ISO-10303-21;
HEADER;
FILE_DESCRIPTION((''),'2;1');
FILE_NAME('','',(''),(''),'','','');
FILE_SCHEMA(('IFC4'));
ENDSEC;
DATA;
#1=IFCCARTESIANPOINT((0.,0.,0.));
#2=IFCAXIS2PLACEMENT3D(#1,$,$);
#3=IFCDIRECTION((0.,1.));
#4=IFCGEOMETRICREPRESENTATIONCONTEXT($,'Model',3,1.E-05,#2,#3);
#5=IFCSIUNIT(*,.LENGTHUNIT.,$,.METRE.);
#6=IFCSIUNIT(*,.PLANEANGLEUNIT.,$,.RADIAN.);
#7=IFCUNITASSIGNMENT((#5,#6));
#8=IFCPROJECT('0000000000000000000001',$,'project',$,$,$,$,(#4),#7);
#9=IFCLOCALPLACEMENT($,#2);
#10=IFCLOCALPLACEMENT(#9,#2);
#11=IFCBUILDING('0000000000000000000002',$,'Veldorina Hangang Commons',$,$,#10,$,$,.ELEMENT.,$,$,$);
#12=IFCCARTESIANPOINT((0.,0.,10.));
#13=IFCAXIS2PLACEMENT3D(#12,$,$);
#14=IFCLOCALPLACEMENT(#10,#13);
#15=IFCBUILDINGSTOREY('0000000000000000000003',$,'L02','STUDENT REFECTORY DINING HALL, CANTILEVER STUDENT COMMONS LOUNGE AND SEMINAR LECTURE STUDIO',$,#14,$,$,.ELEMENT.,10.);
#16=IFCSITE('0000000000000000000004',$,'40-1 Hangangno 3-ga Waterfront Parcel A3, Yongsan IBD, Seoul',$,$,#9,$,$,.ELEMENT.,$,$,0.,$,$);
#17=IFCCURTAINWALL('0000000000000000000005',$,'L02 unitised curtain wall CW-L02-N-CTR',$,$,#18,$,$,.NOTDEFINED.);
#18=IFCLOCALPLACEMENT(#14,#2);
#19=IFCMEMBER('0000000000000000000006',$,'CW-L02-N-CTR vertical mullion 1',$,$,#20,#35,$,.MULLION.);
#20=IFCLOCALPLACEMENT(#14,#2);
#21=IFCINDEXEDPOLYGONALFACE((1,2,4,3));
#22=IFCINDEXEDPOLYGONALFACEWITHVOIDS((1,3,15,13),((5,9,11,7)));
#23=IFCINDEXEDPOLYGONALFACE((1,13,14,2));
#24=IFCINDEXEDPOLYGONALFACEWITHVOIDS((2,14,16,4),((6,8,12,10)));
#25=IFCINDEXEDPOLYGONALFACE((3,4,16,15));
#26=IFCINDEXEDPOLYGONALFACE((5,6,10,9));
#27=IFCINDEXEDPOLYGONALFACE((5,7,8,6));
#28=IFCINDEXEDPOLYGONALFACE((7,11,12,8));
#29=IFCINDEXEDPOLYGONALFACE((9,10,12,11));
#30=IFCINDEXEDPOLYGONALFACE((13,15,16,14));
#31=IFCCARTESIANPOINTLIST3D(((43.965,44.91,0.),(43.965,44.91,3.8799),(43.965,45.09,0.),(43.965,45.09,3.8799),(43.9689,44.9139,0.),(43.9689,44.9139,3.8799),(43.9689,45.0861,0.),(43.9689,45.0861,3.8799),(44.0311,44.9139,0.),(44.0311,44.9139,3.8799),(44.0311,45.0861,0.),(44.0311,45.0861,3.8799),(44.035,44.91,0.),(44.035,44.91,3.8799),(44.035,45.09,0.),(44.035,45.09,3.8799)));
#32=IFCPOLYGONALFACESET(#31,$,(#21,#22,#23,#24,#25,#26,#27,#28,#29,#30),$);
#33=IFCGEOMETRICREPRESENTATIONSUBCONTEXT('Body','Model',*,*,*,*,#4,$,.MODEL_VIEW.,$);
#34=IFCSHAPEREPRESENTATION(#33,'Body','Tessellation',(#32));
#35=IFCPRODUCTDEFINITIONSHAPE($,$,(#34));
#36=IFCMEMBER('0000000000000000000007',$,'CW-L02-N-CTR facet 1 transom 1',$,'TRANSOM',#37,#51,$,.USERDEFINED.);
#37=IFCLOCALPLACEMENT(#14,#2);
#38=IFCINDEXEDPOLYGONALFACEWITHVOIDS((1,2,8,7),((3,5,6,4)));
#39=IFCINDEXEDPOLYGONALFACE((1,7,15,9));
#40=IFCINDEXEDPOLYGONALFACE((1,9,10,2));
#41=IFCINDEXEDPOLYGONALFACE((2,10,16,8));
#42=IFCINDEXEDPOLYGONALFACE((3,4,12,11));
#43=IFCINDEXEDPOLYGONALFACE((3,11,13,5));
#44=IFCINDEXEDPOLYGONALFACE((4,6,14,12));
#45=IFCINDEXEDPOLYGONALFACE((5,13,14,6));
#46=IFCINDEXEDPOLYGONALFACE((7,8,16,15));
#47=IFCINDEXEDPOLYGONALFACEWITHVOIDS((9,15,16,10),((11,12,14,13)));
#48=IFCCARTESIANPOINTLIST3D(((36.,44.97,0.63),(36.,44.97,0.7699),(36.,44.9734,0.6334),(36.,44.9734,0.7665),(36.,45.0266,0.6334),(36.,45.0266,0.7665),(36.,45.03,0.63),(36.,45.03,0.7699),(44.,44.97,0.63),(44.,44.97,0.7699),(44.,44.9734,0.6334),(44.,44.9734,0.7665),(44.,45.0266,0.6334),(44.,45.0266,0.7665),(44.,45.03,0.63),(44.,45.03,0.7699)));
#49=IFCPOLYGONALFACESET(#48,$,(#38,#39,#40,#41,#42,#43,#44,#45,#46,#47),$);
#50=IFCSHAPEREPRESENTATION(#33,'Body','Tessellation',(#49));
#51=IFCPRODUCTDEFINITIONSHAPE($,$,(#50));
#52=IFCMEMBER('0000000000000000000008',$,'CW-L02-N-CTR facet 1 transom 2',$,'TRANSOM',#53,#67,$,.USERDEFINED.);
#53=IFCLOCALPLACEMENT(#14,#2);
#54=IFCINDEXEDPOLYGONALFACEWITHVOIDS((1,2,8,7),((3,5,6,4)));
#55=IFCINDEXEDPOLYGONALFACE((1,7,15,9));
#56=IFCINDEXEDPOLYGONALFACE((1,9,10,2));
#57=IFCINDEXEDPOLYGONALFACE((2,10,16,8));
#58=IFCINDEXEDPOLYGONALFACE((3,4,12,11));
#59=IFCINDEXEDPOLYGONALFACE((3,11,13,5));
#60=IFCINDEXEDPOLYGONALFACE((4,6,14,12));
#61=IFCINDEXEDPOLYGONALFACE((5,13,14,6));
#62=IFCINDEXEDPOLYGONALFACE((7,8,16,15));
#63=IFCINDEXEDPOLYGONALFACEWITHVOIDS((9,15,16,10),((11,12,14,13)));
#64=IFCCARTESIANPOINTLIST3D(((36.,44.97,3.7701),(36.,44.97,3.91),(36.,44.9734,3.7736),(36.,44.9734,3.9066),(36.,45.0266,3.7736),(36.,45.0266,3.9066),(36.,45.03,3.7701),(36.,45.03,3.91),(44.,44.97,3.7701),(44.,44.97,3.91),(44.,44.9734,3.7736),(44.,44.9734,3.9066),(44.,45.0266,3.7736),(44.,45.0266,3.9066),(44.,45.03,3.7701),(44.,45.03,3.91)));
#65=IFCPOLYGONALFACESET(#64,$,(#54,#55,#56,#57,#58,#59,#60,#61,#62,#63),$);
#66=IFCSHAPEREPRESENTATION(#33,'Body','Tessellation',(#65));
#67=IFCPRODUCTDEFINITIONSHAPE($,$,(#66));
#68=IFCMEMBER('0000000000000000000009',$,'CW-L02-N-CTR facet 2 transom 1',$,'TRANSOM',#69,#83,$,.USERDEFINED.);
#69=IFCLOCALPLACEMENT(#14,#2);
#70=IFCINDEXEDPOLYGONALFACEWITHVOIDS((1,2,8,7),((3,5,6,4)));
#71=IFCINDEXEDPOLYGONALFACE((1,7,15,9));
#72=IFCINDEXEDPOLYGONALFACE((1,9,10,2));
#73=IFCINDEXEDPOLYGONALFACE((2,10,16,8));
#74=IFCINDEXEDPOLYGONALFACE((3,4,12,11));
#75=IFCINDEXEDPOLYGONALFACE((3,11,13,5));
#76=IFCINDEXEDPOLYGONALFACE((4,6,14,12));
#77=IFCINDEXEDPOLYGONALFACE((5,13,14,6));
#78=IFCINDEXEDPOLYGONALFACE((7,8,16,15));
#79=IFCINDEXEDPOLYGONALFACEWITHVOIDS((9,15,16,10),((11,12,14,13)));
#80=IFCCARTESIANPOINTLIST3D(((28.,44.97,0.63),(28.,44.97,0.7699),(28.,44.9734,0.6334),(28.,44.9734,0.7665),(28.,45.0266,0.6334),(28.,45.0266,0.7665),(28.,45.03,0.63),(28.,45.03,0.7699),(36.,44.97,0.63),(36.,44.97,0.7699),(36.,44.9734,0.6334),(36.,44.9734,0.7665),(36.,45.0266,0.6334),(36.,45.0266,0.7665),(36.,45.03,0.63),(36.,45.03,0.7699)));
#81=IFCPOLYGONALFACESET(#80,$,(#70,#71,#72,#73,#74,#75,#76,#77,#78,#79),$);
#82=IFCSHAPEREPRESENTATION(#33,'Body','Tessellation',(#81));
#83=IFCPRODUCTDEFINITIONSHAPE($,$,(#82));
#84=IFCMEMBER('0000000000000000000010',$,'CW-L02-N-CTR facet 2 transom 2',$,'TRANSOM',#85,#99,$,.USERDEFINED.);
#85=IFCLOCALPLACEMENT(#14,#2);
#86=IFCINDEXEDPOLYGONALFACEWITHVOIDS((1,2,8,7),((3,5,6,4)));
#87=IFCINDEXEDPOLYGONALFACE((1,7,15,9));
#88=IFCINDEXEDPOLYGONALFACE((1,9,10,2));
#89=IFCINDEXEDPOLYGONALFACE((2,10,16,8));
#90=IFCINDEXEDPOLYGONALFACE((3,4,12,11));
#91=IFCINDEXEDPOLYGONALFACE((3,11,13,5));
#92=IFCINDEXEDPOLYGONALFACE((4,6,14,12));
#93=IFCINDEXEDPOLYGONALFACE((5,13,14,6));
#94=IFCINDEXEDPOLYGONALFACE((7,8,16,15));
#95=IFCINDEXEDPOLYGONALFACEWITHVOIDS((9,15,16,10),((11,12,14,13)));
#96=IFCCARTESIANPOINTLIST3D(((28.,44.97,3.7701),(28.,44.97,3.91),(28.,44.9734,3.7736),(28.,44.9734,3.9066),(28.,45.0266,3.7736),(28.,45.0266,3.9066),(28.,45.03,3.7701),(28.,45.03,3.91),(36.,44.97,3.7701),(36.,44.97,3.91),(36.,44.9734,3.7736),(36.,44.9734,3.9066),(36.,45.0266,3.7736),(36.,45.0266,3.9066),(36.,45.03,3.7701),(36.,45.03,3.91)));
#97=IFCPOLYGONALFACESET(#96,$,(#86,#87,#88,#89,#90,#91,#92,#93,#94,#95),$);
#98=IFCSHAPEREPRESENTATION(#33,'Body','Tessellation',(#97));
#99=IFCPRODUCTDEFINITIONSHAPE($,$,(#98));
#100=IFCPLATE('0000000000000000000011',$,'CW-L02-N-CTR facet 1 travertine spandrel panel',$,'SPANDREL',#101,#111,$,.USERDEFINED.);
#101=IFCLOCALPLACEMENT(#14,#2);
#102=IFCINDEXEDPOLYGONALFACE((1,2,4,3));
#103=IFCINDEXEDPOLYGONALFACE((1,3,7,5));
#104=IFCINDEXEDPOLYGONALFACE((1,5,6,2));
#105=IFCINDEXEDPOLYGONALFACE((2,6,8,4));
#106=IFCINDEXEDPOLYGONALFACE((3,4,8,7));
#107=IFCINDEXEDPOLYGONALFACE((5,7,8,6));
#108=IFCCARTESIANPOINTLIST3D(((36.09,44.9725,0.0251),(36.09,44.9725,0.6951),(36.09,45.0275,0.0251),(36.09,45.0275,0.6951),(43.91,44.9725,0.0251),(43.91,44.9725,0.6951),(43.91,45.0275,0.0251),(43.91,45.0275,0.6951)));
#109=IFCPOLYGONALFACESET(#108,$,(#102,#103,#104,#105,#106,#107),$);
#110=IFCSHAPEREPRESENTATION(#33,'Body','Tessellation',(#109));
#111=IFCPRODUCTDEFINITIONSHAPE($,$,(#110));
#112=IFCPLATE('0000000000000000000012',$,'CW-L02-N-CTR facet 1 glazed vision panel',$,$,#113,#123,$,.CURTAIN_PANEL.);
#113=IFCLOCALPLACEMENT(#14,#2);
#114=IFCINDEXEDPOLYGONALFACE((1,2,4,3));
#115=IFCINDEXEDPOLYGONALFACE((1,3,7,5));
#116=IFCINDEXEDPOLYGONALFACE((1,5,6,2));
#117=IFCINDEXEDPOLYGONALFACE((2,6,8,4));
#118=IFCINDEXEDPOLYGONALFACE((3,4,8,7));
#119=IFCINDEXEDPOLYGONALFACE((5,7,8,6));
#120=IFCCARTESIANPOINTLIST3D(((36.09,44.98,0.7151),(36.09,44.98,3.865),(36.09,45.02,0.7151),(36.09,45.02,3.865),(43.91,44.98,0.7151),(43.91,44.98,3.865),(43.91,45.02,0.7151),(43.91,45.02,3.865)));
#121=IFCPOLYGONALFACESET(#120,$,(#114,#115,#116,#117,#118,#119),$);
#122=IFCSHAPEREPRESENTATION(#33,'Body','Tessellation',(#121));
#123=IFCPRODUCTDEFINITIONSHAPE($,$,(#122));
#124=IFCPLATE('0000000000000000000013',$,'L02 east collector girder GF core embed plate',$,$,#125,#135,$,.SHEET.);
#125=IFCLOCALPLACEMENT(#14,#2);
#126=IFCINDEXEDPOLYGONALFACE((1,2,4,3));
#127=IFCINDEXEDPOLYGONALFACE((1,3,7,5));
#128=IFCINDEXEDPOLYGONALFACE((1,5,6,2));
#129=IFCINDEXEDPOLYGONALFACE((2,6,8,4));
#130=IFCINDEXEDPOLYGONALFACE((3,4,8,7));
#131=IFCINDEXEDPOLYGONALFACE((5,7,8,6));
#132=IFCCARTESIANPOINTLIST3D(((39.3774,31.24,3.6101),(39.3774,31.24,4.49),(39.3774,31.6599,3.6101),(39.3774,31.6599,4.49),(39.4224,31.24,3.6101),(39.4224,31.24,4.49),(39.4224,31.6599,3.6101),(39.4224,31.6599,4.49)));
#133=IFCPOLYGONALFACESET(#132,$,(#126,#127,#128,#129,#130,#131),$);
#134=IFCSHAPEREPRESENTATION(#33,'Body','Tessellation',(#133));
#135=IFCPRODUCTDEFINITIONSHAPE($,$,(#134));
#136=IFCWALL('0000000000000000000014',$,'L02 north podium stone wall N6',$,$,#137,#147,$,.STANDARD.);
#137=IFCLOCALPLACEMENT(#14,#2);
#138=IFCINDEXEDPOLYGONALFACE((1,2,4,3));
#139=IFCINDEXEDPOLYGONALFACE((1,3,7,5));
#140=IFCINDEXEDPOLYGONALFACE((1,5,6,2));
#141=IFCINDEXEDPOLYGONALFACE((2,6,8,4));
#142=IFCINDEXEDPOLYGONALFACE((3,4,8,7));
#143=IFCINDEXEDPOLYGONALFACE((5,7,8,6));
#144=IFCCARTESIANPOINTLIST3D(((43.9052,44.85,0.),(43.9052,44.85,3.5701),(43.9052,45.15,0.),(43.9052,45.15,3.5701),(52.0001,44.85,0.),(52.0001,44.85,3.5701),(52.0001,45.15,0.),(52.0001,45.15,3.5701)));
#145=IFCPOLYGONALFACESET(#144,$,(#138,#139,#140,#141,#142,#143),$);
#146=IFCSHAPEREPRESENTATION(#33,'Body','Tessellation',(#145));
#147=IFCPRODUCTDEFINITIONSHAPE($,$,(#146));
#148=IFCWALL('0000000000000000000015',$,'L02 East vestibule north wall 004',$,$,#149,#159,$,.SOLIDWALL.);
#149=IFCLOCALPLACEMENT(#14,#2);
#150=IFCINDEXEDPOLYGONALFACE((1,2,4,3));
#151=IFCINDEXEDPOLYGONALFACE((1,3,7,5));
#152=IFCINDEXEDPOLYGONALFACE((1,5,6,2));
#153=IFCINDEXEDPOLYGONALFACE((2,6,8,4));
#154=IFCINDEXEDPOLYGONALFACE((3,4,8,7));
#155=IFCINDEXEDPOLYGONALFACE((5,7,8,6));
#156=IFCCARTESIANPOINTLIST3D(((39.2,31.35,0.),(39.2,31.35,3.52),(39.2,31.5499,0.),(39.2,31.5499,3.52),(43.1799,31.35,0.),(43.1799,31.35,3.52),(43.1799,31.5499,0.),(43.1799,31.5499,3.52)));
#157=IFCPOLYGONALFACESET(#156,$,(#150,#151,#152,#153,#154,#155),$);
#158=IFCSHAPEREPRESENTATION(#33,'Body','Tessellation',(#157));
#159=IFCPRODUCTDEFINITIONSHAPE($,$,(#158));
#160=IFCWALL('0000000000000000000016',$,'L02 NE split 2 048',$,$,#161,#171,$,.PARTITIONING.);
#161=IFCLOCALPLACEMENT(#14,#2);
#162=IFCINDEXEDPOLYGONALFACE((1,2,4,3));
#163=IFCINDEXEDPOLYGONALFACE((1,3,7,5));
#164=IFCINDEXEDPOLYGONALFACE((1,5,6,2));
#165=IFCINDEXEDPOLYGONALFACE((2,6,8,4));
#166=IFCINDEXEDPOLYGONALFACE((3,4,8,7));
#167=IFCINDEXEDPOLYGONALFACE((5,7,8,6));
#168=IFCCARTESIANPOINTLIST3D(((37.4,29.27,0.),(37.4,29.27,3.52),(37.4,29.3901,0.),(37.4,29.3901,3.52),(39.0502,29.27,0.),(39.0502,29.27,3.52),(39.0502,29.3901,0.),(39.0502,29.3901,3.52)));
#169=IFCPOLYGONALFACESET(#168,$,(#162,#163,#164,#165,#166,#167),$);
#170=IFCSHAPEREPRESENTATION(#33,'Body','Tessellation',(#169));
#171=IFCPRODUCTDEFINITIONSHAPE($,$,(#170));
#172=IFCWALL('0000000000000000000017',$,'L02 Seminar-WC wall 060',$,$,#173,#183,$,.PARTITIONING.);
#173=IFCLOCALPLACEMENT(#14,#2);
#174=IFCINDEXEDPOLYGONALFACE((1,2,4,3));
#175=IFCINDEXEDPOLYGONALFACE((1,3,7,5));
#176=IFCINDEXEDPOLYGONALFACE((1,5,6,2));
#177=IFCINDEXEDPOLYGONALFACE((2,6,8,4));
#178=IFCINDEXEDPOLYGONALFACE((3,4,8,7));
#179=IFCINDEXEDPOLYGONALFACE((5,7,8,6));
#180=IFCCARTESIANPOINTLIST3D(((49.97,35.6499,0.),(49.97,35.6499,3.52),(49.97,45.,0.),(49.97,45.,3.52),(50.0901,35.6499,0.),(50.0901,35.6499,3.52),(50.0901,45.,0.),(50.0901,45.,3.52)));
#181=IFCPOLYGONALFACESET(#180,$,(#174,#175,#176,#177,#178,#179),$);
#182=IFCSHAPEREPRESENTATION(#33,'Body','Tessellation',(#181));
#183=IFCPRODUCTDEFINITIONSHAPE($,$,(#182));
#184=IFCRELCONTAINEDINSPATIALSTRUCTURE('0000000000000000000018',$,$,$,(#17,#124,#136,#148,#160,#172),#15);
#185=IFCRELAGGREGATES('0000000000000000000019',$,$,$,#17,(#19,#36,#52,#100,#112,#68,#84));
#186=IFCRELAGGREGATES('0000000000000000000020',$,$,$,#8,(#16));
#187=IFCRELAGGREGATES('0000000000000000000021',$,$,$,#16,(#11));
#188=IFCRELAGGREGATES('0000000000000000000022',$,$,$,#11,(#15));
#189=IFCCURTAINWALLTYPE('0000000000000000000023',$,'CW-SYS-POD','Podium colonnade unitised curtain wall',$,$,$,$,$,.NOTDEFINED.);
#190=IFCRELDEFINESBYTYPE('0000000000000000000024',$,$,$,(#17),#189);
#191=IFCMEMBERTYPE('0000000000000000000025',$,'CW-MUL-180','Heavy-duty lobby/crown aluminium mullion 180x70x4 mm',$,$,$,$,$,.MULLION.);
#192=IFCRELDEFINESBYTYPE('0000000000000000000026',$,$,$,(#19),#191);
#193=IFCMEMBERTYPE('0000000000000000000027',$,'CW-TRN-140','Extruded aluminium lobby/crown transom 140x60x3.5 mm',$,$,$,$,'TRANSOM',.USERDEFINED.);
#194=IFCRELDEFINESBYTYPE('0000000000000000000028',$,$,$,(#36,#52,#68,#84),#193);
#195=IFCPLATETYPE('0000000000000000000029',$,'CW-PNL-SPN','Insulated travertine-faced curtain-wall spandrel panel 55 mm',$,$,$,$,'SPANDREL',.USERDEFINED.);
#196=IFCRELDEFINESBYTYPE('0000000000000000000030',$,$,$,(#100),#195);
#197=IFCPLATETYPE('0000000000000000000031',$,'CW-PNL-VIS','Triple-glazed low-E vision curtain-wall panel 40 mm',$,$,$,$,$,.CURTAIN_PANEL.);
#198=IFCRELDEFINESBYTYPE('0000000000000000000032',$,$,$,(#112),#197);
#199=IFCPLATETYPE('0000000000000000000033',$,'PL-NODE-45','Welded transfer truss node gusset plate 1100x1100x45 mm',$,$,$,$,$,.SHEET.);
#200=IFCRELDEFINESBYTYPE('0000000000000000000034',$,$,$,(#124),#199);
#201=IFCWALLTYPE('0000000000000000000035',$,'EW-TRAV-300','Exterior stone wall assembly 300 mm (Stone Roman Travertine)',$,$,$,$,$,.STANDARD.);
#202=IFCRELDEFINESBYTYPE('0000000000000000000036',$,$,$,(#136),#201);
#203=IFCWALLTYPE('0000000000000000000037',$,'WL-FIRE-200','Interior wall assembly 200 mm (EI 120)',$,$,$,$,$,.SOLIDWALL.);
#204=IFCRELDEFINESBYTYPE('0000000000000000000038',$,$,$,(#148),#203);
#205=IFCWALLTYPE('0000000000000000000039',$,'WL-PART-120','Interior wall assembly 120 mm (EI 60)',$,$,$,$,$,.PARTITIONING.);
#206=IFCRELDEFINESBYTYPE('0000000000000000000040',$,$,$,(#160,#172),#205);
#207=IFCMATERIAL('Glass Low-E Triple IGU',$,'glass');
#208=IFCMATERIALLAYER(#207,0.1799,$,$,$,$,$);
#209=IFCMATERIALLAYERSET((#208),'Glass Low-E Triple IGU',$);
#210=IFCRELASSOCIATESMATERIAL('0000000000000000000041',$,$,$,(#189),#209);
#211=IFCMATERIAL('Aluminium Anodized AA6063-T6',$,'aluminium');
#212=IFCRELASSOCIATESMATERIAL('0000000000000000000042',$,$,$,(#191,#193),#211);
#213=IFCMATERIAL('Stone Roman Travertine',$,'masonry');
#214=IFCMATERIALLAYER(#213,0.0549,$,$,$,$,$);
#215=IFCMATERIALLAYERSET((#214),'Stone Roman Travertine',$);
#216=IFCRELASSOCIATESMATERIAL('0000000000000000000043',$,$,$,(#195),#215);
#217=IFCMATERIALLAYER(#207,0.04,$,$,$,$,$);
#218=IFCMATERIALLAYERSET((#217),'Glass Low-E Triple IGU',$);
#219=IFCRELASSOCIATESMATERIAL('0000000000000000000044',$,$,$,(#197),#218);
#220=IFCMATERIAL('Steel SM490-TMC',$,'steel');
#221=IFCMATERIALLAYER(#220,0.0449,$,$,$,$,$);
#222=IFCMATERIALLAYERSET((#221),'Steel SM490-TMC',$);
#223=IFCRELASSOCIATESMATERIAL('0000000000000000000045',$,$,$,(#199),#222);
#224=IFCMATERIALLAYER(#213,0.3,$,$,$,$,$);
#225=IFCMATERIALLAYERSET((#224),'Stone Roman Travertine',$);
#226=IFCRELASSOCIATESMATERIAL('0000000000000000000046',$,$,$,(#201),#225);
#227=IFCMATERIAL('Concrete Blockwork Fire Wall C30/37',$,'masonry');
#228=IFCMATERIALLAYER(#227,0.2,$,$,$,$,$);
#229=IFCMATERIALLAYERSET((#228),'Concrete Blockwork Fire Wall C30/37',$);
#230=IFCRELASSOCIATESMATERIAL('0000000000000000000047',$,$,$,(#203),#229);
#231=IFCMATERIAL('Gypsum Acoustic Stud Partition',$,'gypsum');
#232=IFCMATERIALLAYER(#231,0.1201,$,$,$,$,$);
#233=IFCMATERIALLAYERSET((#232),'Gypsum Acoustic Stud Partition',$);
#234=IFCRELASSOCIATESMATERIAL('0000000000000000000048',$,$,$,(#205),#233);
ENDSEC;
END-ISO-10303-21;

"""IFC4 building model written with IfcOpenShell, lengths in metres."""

from ifc_helpers import new_model, si_unit, direction, frame, frame_2d, origin, origin_2d, place, context, subcontext, project, spatial, rectangle, hollow_rectangle, extrude, material, layer, layer_set, material_profile, profile_set, type_object, element, aggregate, save


model = new_model("IFC4")

# Units and contexts
model_context = context("Model", 3, precision=1e-05, world=origin(), true_north=direction((0.0, 1.0)))
body_context = subcontext(model_context, "Body", "Model", "MODEL_VIEW")
ifc_project = project(units=[si_unit("LENGTHUNIT", "METRE"), si_unit("PLANEANGLEUNIT", "RADIAN")], contexts=[model_context])

# Site, building, storey
site_placement = place(None, origin())
site = spatial("IfcSite", under=ifc_project, at=site_placement, Name="40-1 Hangangno 3-ga Waterfront Parcel A3, Yongsan IBD, Seoul", CompositionType="ELEMENT", RefElevation=0.0)
building_placement = place(site_placement, origin())
building = spatial("IfcBuilding", under=site, at=building_placement, Name="Veldorina Hangang Commons", CompositionType="ELEMENT")
storey_placement = place(building_placement, frame((0.0, 0.0, 10.0)))
storey = spatial("IfcBuildingStorey", under=building, at=storey_placement, Name="L02", Description="STUDENT REFECTORY DINING HALL, CANTILEVER STUDENT COMMONS LOUNGE AND SEMINAR LECTURE STUDIO", CompositionType="ELEMENT", Elevation=10.0)

# Curtain wall, members, plates
ifc_material_1 = material(Name="Glass Low-E Triple IGU", Category="glass")
ifc_layer_1 = layer(ifc_material_1, 0.1799)
ifc_layer_set_1 = layer_set([ifc_layer_1], Name="Glass Low-E Triple IGU")
curtain_wall_type = type_object("IfcCurtainWallType", Name="CW-SYS-POD", Description="Podium colonnade unitised curtain wall", PredefinedType="NOTDEFINED", material=ifc_layer_set_1)
curtain_wall_placement = place(storey_placement, origin())
curtain_wall = element("IfcCurtainWall", 1, at=curtain_wall_placement, inside=storey, type_object=curtain_wall_type, Name="L02 unitised curtain wall CW-L02-N-CTR", PredefinedType="NOTDEFINED")
ifc_material_2 = material(Name="Aluminium Anodized AA6063-T6", Category="aluminium")
ifc_material_profile_1 = material_profile(ifc_material_2, hollow_rectangle(XDim=0.0701, YDim=0.1799, WallThickness=0.0039, at=origin_2d()), Name="ALU-RHS-180x70x4")
ifc_profile_set_1 = profile_set([ifc_material_profile_1], Name="Aluminium Anodized AA6063-T6")
member_type_1 = type_object("IfcMemberType", Name="CW-MUL-180", Description="Heavy-duty lobby/crown aluminium mullion 180x70x4 mm", PredefinedType="MULLION", material=ifc_profile_set_1)
member_1_placement = place(storey_placement, frame((44.0, 45.0, 0.0), z_axis=(0.0, 0.0, 1.0), x_axis=(-1.0, 0.0, 0.0)))
member_1 = element("IfcMember", 2, at=member_1_placement, type_object=member_type_1, Name="CW-L02-N-CTR vertical mullion 1", PredefinedType="MULLION", context=body_context, shape_type="SweptSolid", body=[
    extrude(hollow_rectangle(XDim=0.0701, YDim=0.1799, WallThickness=0.0039, at=origin_2d()), origin(), (0.0, 0.0, 1.0), 3.8799),
])
ifc_material_profile_2 = material_profile(ifc_material_2, hollow_rectangle(XDim=0.0601, YDim=0.1399, WallThickness=0.0034, at=origin_2d()), Name="ALU-RHS-140x60x3.5")
ifc_profile_set_2 = profile_set([ifc_material_profile_2], Name="Aluminium Anodized AA6063-T6")
member_type_2 = type_object("IfcMemberType", Name="CW-TRN-140", Description="Extruded aluminium lobby/crown transom 140x60x3.5 mm", ElementType="TRANSOM", PredefinedType="USERDEFINED", material=ifc_profile_set_2)
member_2_placement = place(storey_placement, frame((44.0, 45.0, 0.7), z_axis=(-1.0, 0.0, 0.0), x_axis=(0.0, -1.0, 0.0)))
member_2 = element("IfcMember", 3, at=member_2_placement, type_object=member_type_2, Name="CW-L02-N-CTR facet 1 transom 1", ObjectType="TRANSOM", PredefinedType="USERDEFINED", context=body_context, shape_type="SweptSolid", body=[
    extrude(hollow_rectangle(XDim=0.0601, YDim=0.1399, WallThickness=0.0034, at=origin_2d()), origin(), (0.0, 0.0, 1.0), 8.0),
])
member_3_placement = place(storey_placement, frame((44.0, 45.0, 3.8401), z_axis=(-1.0, 0.0, 0.0), x_axis=(0.0, -1.0, 0.0)))
member_3 = element("IfcMember", 4, at=member_3_placement, type_object=member_type_2, Name="CW-L02-N-CTR facet 1 transom 2", ObjectType="TRANSOM", PredefinedType="USERDEFINED", context=body_context, shape_type="SweptSolid", body=[
    extrude(hollow_rectangle(XDim=0.0601, YDim=0.1399, WallThickness=0.0034, at=origin_2d()), origin(), (0.0, 0.0, 1.0), 8.0),
])
member_4_placement = place(storey_placement, frame((36.0, 45.0, 0.7), z_axis=(-1.0, 0.0, 0.0), x_axis=(0.0, -1.0, 0.0)))
member_4 = element("IfcMember", 5, at=member_4_placement, type_object=member_type_2, Name="CW-L02-N-CTR facet 2 transom 1", ObjectType="TRANSOM", PredefinedType="USERDEFINED", context=body_context, shape_type="SweptSolid", body=[
    extrude(hollow_rectangle(XDim=0.0601, YDim=0.1399, WallThickness=0.0034, at=origin_2d()), origin(), (0.0, 0.0, 1.0), 8.0),
])
member_5_placement = place(storey_placement, frame((36.0, 45.0, 3.8401), z_axis=(-1.0, 0.0, 0.0), x_axis=(0.0, -1.0, 0.0)))
member_5 = element("IfcMember", 6, at=member_5_placement, type_object=member_type_2, Name="CW-L02-N-CTR facet 2 transom 2", ObjectType="TRANSOM", PredefinedType="USERDEFINED", context=body_context, shape_type="SweptSolid", body=[
    extrude(hollow_rectangle(XDim=0.0601, YDim=0.1399, WallThickness=0.0034, at=origin_2d()), origin(), (0.0, 0.0, 1.0), 8.0),
])
ifc_material_3 = material(Name="Stone Roman Travertine", Category="masonry")
ifc_layer_2 = layer(ifc_material_3, 0.0549)
ifc_layer_set_2 = layer_set([ifc_layer_2], Name="Stone Roman Travertine")
plate_type_1 = type_object("IfcPlateType", Name="CW-PNL-SPN", Description="Insulated travertine-faced curtain-wall spandrel panel 55 mm", ElementType="SPANDREL", PredefinedType="USERDEFINED", material=ifc_layer_set_2)
plate_1_placement = place(storey_placement, frame((40.0, 45.0, 0.0251), z_axis=(0.0, 0.0, 1.0), x_axis=(-1.0, 0.0, 0.0)))
plate_1 = element("IfcPlate", 7, at=plate_1_placement, type_object=plate_type_1, Name="CW-L02-N-CTR facet 1 travertine spandrel panel", ObjectType="SPANDREL", PredefinedType="USERDEFINED", context=body_context, shape_type="SweptSolid", body=[
    extrude(rectangle(XDim=7.8201, YDim=0.0549, at=origin_2d()), origin(), (0.0, 0.0, 1.0), 0.6699),
])
ifc_layer_3 = layer(ifc_material_1, 0.04)
ifc_layer_set_3 = layer_set([ifc_layer_3], Name="Glass Low-E Triple IGU")
plate_type_2 = type_object("IfcPlateType", Name="CW-PNL-VIS", Description="Triple-glazed low-E vision curtain-wall panel 40 mm", PredefinedType="CURTAIN_PANEL", material=ifc_layer_set_3)
plate_2_placement = place(storey_placement, frame((40.0, 45.0, 0.7151), z_axis=(0.0, 0.0, 1.0), x_axis=(-1.0, 0.0, 0.0)))
plate_2 = element("IfcPlate", 8, at=plate_2_placement, type_object=plate_type_2, Name="CW-L02-N-CTR facet 1 glazed vision panel", PredefinedType="CURTAIN_PANEL", context=body_context, shape_type="SweptSolid", body=[
    extrude(rectangle(XDim=7.8201, YDim=0.04, at=origin_2d()), origin(), (0.0, 0.0, 1.0), 3.1499),
])
aggregate(curtain_wall, [member_1, member_2, member_3, plate_1, plate_2, member_4, member_5])

# Plate
ifc_material_4 = material(Name="Steel SM490-TMC", Category="steel")
ifc_layer_4 = layer(ifc_material_4, 0.0449)
ifc_layer_set_4 = layer_set([ifc_layer_4], Name="Steel SM490-TMC")
plate_type_3 = type_object("IfcPlateType", Name="PL-NODE-45", Description="Welded transfer truss node gusset plate 1100x1100x45 mm", PredefinedType="SHEET", material=ifc_layer_set_4)
plate_3_placement = place(storey_placement, frame((39.3999, 31.45, 3.6101), z_axis=(0.0, 0.0, 1.0), x_axis=(1.0, 0.0, 0.0)))
element("IfcPlate", 9, at=plate_3_placement, inside=storey, type_object=plate_type_3, Name="L02 east collector girder GF core embed plate", PredefinedType="SHEET", context=body_context, shape_type="SweptSolid", body=[
    extrude(rectangle(XDim=0.0449, YDim=0.4199, at=origin_2d()), origin(), (0.0, 0.0, 1.0), 0.8799),
])

# Walls
ifc_layer_5 = layer(ifc_material_3, 0.3)
ifc_layer_set_5 = layer_set([ifc_layer_5], Name="Stone Roman Travertine")
wall_type_1 = type_object("IfcWallType", Name="EW-TRAV-300", Description="Exterior stone wall assembly 300 mm (Stone Roman Travertine)", PredefinedType="STANDARD", material=ifc_layer_set_5)
wall_1_placement = place(storey_placement, frame((52.0, 45.0, 0.0), z_axis=(0.0, 0.0, 1.0), x_axis=(-1.0, 0.0, 0.0)))
element("IfcWall", 10, at=wall_1_placement, inside=storey, type_object=wall_type_1, Name="L02 north podium stone wall N6", PredefinedType="STANDARD", context=body_context, shape_type="SweptSolid", body=[
    extrude(rectangle(XDim=8.095, YDim=0.3, at=frame_2d((4.0474, 0.0))), origin(), (0.0, 0.0, 1.0), 3.5701),
])
ifc_material_5 = material(Name="Concrete Blockwork Fire Wall C30/37", Category="masonry")
ifc_layer_6 = layer(ifc_material_5, 0.2)
ifc_layer_set_6 = layer_set([ifc_layer_6], Name="Concrete Blockwork Fire Wall C30/37")
wall_type_2 = type_object("IfcWallType", Name="WL-FIRE-200", Description="Interior wall assembly 200 mm (EI 120)", PredefinedType="SOLIDWALL", material=ifc_layer_set_6)
wall_2_placement = place(storey_placement, frame((39.2, 31.45, 0.0), z_axis=(0.0, 0.0, 1.0), x_axis=(1.0, 0.0, 0.0)))
element("IfcWall", 11, at=wall_2_placement, inside=storey, type_object=wall_type_2, Name="L02 East vestibule north wall 004", PredefinedType="SOLIDWALL", context=body_context, shape_type="SweptSolid", body=[
    extrude(rectangle(XDim=3.98, YDim=0.2, at=frame_2d((1.99, 0.0))), origin(), (0.0, 0.0, 1.0), 3.52),
])
ifc_material_6 = material(Name="Gypsum Acoustic Stud Partition", Category="gypsum")
ifc_layer_7 = layer(ifc_material_6, 0.1201)
ifc_layer_set_7 = layer_set([ifc_layer_7], Name="Gypsum Acoustic Stud Partition")
wall_type_3 = type_object("IfcWallType", Name="WL-PART-120", Description="Interior wall assembly 120 mm (EI 60)", PredefinedType="PARTITIONING", material=ifc_layer_set_7)
wall_3_placement = place(storey_placement, frame((37.3999, 29.3301, 0.0), z_axis=(0.0, 0.0, 1.0), x_axis=(1.0, 0.0, 0.0)))
element("IfcWall", 12, at=wall_3_placement, inside=storey, type_object=wall_type_3, Name="L02 NE split 2 048", PredefinedType="PARTITIONING", context=body_context, shape_type="SweptSolid", body=[
    extrude(rectangle(XDim=1.6501, YDim=0.1201, at=frame_2d((0.8252, 0.0))), origin(), (0.0, 0.0, 1.0), 3.52),
])
wall_4_placement = place(storey_placement, frame((50.03, 35.6499, 0.0), z_axis=(0.0, 0.0, 1.0), x_axis=(0.0, 1.0, 0.0)))
element("IfcWall", 13, at=wall_4_placement, inside=storey, type_object=wall_type_3, Name="L02 Seminar-WC wall 060", PredefinedType="PARTITIONING", context=body_context, shape_type="SweptSolid", body=[
    extrude(rectangle(XDim=9.3501, YDim=0.1201, at=frame_2d((4.675, 0.0))), origin(), (0.0, 0.0, 1.0), 3.52),
])

save(model, "model.ifc")
